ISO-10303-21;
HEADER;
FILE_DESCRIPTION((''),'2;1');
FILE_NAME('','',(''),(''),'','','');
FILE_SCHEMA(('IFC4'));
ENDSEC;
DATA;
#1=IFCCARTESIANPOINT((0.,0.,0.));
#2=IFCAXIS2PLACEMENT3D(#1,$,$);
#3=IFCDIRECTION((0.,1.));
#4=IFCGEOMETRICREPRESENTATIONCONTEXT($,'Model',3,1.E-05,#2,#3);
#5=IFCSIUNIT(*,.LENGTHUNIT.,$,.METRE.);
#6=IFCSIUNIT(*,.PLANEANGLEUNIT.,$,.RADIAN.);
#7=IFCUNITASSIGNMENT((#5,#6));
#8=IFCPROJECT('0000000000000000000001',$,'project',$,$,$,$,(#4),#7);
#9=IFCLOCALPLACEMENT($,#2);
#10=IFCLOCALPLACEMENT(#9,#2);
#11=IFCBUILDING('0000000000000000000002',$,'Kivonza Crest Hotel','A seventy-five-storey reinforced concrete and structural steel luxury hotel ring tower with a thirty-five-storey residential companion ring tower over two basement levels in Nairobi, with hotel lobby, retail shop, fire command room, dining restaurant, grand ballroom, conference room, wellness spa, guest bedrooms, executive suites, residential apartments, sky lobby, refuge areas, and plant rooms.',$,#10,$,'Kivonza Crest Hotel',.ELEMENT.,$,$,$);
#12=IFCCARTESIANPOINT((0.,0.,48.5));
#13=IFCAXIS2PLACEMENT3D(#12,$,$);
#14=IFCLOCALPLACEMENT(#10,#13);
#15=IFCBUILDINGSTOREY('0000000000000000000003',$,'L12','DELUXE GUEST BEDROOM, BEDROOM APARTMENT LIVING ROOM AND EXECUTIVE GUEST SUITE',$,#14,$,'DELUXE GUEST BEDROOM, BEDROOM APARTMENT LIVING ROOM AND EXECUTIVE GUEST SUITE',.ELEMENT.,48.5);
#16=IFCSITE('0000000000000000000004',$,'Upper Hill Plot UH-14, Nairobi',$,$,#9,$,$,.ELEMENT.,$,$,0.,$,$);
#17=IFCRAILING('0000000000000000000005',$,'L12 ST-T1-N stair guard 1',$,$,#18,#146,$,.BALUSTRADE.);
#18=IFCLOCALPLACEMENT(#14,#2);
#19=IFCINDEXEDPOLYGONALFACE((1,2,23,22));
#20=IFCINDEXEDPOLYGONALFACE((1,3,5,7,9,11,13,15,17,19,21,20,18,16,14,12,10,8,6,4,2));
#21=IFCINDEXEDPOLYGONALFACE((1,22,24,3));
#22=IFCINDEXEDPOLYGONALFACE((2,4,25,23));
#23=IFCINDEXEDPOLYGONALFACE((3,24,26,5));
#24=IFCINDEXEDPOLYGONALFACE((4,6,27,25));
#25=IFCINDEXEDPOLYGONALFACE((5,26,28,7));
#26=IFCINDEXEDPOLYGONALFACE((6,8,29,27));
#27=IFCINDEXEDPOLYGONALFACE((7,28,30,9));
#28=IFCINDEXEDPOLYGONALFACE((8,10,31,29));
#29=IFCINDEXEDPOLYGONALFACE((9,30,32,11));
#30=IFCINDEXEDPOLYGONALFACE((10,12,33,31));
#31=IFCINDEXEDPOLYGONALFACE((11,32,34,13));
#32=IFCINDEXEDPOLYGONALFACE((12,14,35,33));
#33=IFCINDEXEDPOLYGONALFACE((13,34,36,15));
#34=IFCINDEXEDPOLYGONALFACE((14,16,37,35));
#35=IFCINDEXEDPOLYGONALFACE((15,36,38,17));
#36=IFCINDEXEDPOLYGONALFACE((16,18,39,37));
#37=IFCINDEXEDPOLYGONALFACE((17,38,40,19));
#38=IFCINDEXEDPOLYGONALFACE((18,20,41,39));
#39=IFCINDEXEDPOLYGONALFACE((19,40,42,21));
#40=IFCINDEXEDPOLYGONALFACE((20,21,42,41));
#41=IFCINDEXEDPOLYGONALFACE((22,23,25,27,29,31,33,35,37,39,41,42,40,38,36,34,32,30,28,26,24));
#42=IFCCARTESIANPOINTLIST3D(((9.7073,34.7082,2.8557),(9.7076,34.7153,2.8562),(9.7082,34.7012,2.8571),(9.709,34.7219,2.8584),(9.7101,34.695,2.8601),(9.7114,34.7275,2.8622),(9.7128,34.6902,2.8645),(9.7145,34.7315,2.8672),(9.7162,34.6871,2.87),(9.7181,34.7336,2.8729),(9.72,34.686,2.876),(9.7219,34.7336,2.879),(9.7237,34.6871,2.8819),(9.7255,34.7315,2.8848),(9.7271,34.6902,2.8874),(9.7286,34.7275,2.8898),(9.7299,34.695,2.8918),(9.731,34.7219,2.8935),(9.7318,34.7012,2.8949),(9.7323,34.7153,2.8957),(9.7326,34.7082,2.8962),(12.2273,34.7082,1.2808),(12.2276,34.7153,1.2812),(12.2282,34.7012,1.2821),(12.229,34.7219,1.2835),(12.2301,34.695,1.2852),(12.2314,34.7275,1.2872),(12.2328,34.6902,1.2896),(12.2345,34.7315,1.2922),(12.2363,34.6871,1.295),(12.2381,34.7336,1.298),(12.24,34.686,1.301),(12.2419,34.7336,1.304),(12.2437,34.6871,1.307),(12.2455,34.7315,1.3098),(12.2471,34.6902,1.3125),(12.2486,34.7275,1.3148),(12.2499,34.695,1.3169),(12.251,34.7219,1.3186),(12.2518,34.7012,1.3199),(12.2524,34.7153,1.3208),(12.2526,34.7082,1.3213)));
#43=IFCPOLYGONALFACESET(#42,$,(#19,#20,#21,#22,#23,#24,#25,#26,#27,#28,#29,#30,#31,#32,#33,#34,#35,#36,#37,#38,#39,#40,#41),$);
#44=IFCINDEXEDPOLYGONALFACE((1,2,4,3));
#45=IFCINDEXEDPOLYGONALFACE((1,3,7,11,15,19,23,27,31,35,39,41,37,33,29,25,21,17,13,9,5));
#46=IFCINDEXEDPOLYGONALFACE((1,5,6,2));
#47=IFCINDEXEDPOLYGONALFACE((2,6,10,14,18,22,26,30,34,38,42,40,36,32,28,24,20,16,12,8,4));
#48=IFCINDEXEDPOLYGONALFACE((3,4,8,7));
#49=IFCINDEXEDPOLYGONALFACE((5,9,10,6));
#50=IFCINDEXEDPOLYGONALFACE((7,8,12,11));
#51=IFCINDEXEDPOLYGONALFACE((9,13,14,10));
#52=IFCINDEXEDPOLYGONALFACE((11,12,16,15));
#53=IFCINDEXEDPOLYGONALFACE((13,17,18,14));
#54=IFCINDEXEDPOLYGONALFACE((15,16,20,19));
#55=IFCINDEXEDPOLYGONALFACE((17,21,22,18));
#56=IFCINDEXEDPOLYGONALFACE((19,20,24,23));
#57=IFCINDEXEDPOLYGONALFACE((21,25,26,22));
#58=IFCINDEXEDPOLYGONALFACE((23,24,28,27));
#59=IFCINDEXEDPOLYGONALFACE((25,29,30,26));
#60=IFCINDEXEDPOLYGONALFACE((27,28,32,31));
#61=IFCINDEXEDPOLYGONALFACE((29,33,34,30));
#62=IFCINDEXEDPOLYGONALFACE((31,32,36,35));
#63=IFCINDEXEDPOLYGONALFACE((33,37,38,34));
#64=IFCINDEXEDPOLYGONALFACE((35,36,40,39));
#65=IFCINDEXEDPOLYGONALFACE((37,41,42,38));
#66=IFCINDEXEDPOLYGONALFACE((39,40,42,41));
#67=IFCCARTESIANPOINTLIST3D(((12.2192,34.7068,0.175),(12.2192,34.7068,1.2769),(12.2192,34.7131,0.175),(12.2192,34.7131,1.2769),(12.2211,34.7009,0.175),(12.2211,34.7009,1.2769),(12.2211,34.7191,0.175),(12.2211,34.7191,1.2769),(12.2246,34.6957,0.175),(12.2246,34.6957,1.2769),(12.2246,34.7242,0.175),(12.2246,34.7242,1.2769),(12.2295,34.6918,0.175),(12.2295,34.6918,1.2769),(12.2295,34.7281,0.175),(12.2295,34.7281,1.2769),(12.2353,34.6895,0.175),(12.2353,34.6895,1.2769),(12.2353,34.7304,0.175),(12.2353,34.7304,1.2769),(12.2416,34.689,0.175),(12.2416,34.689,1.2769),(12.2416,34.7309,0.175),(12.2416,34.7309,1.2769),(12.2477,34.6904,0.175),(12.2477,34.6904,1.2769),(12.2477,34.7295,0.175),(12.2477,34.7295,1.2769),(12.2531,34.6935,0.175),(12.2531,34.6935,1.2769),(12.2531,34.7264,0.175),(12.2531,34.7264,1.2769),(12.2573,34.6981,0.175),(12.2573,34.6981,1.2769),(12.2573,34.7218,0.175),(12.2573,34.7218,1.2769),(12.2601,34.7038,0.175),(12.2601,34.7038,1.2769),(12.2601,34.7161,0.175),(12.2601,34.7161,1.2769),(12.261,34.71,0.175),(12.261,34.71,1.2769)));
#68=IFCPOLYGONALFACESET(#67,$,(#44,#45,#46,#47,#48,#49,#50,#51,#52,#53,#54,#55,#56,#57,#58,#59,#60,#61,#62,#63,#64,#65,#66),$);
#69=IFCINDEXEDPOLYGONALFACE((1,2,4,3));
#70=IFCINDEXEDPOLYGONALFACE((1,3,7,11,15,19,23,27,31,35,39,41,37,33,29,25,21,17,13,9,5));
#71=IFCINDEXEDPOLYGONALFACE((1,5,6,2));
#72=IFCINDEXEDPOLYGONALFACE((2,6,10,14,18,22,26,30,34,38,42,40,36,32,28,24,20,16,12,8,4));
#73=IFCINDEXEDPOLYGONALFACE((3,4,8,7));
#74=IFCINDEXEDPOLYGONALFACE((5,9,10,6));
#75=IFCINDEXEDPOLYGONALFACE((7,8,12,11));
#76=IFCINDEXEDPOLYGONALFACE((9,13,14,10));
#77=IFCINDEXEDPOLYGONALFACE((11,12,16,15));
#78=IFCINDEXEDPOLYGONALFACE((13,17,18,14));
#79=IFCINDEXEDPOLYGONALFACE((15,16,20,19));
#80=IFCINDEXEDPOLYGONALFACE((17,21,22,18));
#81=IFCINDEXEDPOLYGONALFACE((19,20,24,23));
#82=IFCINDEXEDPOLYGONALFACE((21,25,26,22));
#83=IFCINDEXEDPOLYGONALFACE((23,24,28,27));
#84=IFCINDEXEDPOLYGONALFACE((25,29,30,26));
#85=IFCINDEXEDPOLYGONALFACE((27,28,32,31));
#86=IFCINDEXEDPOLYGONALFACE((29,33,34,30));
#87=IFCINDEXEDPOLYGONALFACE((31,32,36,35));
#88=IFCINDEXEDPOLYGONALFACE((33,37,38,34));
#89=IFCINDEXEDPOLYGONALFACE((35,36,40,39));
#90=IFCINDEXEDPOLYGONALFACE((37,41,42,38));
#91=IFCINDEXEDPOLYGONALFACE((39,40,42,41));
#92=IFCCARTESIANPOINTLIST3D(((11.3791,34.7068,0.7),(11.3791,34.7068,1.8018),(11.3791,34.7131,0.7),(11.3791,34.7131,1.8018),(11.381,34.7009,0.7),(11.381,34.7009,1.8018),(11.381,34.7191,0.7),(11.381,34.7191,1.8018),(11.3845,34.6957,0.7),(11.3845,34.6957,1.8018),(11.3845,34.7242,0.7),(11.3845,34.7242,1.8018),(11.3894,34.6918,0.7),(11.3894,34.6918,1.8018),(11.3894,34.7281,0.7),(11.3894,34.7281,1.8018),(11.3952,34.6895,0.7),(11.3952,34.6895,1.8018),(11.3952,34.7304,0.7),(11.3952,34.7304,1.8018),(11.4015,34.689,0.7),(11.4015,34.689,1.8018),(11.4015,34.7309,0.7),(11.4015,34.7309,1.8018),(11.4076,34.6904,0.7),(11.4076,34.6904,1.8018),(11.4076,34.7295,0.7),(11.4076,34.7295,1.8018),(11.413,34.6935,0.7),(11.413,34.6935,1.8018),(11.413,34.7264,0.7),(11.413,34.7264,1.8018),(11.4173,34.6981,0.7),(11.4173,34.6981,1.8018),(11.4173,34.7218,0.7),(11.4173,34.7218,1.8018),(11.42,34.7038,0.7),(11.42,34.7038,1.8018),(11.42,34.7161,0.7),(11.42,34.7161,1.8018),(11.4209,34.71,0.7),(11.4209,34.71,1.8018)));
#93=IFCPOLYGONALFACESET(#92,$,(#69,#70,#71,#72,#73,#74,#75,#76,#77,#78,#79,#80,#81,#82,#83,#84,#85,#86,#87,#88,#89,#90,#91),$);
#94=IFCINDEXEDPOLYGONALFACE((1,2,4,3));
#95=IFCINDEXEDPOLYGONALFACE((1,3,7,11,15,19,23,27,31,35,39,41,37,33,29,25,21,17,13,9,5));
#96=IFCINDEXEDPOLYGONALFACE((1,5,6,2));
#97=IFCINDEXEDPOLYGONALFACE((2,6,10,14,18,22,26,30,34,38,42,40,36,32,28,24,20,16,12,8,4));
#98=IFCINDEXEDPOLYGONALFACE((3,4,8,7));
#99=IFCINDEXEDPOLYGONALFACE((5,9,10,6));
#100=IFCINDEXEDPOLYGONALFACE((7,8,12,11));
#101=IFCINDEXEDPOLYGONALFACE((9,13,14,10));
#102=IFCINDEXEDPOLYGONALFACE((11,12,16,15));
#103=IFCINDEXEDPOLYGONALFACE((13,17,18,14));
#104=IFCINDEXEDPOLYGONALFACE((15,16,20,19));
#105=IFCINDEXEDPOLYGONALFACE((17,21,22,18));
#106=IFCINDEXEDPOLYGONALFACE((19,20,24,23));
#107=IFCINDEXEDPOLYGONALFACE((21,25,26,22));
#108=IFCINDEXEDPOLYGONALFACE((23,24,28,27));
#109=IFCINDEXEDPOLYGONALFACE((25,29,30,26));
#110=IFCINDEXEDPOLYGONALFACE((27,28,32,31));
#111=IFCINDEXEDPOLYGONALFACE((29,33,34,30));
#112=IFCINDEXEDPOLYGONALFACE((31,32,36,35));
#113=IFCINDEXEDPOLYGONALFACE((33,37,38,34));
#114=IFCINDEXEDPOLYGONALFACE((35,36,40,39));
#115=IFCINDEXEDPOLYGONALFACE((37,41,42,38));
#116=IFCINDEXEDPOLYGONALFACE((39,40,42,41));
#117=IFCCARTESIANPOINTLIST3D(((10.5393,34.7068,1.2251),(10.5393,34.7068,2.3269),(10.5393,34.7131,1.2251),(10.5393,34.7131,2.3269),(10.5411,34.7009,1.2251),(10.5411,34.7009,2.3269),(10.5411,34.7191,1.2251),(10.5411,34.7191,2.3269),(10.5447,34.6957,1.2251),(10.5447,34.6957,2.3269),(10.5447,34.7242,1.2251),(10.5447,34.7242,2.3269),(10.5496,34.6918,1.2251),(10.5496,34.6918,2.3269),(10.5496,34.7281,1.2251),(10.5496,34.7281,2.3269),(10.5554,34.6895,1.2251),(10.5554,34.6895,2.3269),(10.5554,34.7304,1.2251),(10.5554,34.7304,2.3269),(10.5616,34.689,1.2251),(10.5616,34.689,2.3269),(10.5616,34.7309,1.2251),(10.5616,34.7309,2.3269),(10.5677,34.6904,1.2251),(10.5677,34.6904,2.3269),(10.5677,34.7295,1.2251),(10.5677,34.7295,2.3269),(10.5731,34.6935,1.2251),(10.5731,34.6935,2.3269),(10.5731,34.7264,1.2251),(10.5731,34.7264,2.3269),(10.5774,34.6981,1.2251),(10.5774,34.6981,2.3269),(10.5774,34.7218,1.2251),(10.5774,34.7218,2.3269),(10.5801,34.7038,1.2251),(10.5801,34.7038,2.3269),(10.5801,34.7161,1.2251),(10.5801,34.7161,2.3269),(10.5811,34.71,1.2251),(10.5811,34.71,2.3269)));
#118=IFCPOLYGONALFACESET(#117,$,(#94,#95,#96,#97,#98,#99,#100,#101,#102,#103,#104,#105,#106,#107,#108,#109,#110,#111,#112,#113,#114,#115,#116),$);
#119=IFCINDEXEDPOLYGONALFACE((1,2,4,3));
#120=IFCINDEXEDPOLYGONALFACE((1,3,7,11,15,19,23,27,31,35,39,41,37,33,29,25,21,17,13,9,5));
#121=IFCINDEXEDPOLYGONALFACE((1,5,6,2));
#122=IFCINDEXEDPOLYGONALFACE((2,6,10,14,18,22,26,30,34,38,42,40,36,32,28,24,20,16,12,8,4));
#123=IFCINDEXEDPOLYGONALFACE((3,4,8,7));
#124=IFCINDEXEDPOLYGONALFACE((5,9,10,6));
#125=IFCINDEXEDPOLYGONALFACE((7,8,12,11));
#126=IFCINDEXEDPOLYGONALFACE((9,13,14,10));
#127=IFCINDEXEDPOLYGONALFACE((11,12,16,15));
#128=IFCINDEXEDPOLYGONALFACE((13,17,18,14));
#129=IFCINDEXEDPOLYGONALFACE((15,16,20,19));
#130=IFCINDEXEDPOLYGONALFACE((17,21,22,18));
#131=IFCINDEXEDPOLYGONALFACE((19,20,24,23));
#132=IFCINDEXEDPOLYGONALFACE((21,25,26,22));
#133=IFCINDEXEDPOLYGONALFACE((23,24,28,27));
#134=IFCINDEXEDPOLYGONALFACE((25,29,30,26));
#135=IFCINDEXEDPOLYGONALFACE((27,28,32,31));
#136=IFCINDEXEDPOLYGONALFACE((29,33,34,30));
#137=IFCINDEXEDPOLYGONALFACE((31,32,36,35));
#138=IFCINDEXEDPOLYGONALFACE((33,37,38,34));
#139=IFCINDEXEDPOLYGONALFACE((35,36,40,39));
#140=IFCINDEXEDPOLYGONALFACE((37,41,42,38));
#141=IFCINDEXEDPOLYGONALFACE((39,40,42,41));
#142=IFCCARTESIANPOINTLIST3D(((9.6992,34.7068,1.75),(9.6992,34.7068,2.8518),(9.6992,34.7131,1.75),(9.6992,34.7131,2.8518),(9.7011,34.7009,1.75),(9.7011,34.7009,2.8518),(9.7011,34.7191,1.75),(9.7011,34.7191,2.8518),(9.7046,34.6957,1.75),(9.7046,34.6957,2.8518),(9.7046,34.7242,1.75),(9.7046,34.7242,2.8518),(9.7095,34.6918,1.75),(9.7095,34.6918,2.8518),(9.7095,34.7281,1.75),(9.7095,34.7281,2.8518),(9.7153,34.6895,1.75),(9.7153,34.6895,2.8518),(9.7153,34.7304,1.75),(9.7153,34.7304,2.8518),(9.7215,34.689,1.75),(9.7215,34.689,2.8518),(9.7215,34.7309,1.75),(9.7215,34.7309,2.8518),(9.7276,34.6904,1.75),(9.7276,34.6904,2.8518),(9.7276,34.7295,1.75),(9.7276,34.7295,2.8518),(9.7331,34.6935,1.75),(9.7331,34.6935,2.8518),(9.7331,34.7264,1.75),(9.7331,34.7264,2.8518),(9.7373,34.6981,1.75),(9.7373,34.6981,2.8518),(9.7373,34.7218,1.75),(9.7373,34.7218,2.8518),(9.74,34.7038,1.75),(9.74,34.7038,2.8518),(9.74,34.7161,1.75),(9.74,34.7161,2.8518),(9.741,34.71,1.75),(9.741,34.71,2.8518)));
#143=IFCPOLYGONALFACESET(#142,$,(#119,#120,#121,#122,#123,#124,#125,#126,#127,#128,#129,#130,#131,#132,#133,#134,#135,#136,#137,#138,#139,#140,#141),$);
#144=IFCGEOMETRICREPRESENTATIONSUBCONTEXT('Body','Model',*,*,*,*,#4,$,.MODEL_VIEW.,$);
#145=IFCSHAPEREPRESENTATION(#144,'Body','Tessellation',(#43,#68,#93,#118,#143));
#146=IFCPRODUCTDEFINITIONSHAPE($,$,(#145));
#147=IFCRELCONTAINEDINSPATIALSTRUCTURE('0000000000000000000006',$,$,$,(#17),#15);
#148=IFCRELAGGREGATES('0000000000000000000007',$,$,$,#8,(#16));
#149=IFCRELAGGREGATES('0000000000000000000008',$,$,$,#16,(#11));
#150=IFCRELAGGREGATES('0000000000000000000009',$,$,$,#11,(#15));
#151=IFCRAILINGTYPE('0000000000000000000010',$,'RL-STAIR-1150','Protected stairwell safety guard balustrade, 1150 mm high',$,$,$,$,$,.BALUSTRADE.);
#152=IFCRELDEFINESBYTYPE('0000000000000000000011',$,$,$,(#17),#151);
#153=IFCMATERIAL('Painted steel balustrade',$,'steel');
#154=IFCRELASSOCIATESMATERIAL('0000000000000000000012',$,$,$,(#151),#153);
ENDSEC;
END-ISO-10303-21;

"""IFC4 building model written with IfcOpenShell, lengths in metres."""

from ifc_helpers import new_model, si_unit, direction, frame, origin, origin_2d, place, context, subcontext, project, spatial, circle, extrude, material, type_object, element, save


model = new_model("IFC4")

# Units and contexts
model_context = context("Model", 3, precision=1e-05, world=origin(), true_north=direction((0.0, 1.0)))
body_context = subcontext(model_context, "Body", "Model", "MODEL_VIEW")
ifc_project = project(units=[si_unit("LENGTHUNIT", "METRE"), si_unit("PLANEANGLEUNIT", "RADIAN")], contexts=[model_context])

# Site, building, storey
site_placement = place(None, origin())
site = spatial("IfcSite", under=ifc_project, at=site_placement, Name="Upper Hill Plot UH-14, Nairobi", CompositionType="ELEMENT", RefElevation=0.0)
building_placement = place(site_placement, origin())
building = spatial("IfcBuilding", under=site, at=building_placement, Name="Kivonza Crest Hotel", Description="A seventy-five-storey reinforced concrete and structural steel luxury hotel ring tower with a thirty-five-storey residential companion ring tower over two basement levels in Nairobi, with hotel lobby, retail shop, fire command room, dining restaurant, grand ballroom, conference room, wellness spa, guest bedrooms, executive suites, residential apartments, sky lobby, refuge areas, and plant rooms.", LongName="Kivonza Crest Hotel", CompositionType="ELEMENT")
storey_placement = place(building_placement, frame((0.0, 0.0, 48.5)))
storey = spatial("IfcBuildingStorey", under=building, at=storey_placement, Name="L12", Description="DELUXE GUEST BEDROOM, BEDROOM APARTMENT LIVING ROOM AND EXECUTIVE GUEST SUITE", LongName="DELUXE GUEST BEDROOM, BEDROOM APARTMENT LIVING ROOM AND EXECUTIVE GUEST SUITE", CompositionType="ELEMENT", Elevation=48.5)

# Railing
ifc_material_1 = material(Name="Painted steel balustrade", Category="steel")
railing_type_1 = type_object("IfcRailingType", Name="RL-STAIR-1150", Description="Protected stairwell safety guard balustrade, 1150 mm high", PredefinedType="BALUSTRADE", material=ifc_material_1)
railing_1_placement = place(storey_placement, frame((12.24, 34.71, 0.175)))
element("IfcRailing", 1, at=railing_1_placement, inside=storey, type_object=railing_type_1, Name="L12 ST-T1-N stair guard 1", PredefinedType="BALUSTRADE", context=body_context, shape_type="SweptSolid", body=[
    extrude(circle(Radius=0.0239, at=origin_2d()), frame((0.0, 0.0, 1.126), z_axis=(-0.848008, 0.0, 0.529984), x_axis=(0.0, -1.0, 0.0)), (0.0, 0.0, 1.0), 2.9717),
    extrude(circle(Radius=0.021, at=origin_2d()), origin(), (0.0, 0.0, 1.0), 1.1018),
    extrude(circle(Radius=0.021, at=origin_2d()), frame((-0.8401, 0.0, 0.5249)), (0.0, 0.0, 1.0), 1.1018),
    extrude(circle(Radius=0.021, at=origin_2d()), frame((-1.6799, 0.0, 1.05)), (0.0, 0.0, 1.0), 1.1018),
    extrude(circle(Radius=0.021, at=origin_2d()), frame((-2.52, 0.0, 1.575)), (0.0, 0.0, 1.0), 1.1018),
])

save(model, "model.ifc")
